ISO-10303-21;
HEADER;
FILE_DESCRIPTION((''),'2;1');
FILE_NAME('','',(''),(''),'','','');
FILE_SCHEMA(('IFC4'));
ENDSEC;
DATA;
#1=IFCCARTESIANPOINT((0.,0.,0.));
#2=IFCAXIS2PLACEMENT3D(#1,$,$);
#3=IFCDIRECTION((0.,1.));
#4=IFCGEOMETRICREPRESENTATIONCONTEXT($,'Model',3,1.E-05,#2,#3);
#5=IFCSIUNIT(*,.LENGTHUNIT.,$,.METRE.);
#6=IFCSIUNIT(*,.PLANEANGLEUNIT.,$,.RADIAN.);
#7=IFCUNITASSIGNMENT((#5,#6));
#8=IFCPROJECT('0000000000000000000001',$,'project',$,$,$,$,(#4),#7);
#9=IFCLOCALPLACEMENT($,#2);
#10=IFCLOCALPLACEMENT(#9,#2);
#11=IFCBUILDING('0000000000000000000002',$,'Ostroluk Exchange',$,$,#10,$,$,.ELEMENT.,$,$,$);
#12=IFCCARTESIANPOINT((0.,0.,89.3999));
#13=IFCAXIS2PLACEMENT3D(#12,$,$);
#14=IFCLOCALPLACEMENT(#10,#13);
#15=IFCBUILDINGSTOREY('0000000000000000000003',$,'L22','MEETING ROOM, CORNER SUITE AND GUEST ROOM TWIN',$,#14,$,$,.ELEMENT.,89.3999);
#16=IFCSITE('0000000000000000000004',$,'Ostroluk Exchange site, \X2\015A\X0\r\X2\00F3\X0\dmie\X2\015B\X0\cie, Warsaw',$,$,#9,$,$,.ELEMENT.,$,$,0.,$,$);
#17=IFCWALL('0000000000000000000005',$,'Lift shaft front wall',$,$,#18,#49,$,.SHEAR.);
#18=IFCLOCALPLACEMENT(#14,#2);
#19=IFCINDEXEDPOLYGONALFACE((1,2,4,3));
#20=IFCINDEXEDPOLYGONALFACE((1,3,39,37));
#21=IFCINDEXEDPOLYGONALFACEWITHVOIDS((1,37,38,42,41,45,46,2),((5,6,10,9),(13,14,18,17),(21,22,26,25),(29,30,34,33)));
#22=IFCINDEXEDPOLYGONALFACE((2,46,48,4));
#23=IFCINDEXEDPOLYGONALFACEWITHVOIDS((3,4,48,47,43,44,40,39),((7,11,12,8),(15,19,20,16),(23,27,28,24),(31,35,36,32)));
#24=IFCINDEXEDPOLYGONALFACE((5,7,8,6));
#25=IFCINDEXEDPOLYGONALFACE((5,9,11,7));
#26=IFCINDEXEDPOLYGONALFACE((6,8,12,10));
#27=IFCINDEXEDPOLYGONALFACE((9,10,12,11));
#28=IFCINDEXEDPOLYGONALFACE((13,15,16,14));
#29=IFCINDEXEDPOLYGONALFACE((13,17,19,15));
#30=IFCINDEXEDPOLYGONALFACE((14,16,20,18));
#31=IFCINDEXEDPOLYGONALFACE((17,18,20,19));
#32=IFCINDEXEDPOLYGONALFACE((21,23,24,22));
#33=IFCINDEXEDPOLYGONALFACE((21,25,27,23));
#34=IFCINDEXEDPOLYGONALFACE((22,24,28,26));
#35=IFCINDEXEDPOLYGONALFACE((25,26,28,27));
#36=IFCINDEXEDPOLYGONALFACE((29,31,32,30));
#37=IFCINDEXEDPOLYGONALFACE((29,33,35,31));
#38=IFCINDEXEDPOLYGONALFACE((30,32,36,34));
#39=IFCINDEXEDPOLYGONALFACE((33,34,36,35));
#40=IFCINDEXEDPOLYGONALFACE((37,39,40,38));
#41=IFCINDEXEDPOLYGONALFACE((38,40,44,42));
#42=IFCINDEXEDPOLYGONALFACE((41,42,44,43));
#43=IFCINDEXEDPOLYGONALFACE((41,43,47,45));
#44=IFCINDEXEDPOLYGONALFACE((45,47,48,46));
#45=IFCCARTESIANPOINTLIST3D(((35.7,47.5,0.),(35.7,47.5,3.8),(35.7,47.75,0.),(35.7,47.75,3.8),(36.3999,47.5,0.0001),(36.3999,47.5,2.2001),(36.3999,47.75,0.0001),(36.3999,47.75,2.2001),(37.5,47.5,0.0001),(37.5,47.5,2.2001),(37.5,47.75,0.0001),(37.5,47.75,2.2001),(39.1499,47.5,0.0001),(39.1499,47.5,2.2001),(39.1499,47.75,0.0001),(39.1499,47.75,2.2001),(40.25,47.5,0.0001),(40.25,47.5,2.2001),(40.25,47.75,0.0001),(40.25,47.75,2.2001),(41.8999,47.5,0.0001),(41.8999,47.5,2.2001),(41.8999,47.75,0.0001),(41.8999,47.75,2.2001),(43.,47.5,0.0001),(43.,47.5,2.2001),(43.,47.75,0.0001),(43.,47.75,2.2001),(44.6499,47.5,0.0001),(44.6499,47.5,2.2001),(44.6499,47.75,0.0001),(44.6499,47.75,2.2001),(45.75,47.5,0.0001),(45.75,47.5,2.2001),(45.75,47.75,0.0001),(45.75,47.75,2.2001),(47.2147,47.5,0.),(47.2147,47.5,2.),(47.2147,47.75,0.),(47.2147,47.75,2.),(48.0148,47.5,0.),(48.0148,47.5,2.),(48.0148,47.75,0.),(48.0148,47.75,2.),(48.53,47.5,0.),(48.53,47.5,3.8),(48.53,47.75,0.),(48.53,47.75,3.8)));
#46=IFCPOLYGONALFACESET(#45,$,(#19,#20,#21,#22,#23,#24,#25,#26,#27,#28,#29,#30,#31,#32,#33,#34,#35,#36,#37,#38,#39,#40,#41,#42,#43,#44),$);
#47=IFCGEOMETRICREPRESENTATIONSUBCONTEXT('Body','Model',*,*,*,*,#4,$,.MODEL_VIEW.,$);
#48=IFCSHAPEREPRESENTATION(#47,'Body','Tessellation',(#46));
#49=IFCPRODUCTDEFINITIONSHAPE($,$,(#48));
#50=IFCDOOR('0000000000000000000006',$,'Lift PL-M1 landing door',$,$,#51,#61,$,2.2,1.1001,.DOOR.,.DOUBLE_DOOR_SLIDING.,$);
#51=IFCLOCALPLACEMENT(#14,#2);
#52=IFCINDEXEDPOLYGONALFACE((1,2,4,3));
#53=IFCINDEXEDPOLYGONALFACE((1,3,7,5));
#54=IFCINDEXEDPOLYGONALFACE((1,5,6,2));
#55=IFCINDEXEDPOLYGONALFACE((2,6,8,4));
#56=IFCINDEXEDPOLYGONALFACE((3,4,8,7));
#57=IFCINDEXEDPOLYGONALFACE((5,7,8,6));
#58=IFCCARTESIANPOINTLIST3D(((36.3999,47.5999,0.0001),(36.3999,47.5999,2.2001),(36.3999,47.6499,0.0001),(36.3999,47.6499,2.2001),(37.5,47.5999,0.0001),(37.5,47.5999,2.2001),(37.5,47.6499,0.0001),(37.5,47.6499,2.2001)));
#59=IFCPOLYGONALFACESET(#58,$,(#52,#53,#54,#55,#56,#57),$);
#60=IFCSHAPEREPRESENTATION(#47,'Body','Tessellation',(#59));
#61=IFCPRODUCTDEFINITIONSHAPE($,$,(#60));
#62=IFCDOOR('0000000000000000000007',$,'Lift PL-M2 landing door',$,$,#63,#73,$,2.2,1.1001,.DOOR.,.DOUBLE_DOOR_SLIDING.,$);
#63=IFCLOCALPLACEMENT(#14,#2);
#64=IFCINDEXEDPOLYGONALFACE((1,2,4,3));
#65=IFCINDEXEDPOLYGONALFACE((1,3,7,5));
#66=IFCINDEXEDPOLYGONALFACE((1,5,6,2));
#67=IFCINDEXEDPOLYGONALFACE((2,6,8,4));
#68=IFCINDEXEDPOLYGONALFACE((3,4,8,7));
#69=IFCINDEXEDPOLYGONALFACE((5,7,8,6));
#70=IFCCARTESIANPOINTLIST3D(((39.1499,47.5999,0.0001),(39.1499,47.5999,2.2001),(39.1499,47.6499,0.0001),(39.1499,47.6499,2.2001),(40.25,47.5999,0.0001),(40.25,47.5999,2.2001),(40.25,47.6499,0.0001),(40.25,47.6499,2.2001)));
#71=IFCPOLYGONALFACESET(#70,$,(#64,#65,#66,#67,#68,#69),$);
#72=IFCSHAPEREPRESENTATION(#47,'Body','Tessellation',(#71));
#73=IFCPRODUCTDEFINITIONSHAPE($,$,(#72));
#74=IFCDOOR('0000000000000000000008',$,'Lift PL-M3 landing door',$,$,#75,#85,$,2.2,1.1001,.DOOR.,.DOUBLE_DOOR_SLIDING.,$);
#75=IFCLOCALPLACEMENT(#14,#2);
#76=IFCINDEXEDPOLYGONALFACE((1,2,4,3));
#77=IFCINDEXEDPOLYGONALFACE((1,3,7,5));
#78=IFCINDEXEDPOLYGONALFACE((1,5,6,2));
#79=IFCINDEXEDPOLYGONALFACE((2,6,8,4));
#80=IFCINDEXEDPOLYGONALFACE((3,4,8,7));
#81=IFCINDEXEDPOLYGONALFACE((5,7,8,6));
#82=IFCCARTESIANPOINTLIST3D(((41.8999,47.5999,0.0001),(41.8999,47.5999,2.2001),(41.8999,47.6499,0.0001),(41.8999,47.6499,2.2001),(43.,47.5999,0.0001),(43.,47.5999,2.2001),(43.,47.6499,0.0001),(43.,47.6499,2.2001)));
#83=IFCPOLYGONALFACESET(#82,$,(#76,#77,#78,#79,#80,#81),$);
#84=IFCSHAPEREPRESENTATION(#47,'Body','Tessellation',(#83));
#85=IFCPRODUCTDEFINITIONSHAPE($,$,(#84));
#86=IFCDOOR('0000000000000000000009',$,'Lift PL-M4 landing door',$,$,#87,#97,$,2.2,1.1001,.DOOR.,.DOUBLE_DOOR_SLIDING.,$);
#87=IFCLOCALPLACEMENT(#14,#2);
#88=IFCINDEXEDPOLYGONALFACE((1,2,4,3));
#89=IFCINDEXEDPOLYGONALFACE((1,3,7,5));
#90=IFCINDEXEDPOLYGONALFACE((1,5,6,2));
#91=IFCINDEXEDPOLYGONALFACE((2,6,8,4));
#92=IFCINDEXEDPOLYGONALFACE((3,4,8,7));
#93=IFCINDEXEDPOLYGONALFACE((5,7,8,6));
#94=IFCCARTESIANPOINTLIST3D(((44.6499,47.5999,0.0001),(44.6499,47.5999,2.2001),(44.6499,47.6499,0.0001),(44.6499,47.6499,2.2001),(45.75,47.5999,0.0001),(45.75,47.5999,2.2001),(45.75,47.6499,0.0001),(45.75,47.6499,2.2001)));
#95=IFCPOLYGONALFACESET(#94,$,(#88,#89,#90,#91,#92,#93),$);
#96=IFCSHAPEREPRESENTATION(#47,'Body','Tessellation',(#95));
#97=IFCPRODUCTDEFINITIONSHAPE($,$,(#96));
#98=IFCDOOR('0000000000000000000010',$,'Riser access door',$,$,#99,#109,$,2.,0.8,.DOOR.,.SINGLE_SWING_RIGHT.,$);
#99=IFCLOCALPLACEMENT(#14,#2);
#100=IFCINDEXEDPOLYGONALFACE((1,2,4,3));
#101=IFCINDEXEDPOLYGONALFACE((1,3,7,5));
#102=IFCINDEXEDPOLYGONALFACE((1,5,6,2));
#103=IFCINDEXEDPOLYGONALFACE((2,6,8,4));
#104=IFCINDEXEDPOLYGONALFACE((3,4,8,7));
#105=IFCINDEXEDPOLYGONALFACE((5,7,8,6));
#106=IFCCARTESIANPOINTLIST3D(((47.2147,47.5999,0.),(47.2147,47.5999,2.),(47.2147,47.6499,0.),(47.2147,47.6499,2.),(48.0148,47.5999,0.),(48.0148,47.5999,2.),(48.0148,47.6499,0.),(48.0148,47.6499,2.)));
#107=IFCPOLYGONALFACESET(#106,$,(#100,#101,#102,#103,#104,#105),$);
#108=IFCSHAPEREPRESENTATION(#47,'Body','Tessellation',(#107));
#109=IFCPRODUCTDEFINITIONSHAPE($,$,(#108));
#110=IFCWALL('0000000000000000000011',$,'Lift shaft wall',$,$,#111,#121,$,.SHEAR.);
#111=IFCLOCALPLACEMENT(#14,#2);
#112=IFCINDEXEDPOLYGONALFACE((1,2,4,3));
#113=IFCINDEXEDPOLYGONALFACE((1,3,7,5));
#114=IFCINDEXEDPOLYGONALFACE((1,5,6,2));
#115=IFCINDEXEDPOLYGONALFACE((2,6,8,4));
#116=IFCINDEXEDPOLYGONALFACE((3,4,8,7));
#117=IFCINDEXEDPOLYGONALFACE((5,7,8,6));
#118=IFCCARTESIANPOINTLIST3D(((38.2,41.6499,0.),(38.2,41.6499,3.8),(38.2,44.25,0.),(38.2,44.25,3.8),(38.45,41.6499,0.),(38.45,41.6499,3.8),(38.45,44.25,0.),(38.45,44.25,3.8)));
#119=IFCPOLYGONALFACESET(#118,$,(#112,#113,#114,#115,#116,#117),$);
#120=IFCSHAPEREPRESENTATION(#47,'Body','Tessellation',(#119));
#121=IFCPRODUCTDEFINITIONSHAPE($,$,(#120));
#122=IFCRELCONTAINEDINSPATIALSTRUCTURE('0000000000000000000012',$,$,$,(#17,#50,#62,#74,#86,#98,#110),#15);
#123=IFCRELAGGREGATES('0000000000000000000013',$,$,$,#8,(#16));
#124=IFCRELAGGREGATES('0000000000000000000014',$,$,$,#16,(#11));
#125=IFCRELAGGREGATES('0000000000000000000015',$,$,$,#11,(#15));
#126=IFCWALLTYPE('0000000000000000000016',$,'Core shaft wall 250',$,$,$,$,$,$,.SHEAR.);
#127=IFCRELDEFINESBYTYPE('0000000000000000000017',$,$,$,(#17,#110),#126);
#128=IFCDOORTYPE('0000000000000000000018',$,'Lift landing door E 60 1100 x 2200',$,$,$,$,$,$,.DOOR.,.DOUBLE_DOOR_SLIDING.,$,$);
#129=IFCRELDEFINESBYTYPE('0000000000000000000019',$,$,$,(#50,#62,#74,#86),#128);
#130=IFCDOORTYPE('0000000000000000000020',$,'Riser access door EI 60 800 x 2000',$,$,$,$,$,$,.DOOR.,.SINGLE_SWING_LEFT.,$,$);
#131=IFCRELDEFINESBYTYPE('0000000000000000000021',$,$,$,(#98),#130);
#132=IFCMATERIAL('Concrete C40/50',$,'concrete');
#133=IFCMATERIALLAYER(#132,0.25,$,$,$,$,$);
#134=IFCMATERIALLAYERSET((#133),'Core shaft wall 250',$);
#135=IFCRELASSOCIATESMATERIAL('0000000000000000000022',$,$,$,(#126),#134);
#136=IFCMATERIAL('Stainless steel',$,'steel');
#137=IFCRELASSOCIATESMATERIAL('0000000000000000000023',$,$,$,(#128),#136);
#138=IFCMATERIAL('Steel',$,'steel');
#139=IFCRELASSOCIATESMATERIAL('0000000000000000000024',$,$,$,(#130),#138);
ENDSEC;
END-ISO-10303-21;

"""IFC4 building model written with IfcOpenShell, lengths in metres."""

from ifc_helpers import new_model, si_unit, direction, frame, frame_2d, origin, place, context, subcontext, project, spatial, rectangle, extrude, material, layer, layer_set, type_object, element, fill, save


model = new_model("IFC4")

# Units and contexts
model_context = context("Model", 3, precision=1e-05, world=origin(), true_north=direction((0.0, 1.0)))
body_context = subcontext(model_context, "Body", "Model", "MODEL_VIEW")
ifc_project = project(units=[si_unit("LENGTHUNIT", "METRE"), si_unit("PLANEANGLEUNIT", "RADIAN")], contexts=[model_context])

# Site, building, storey
site_placement = place(None, origin())
site = spatial("IfcSite", under=ifc_project, at=site_placement, Name="Ostroluk Exchange site, Śródmieście, Warsaw", CompositionType="ELEMENT", RefElevation=0.0)
building_placement = place(site_placement, origin())
building = spatial("IfcBuilding", under=site, at=building_placement, Name="Ostroluk Exchange", CompositionType="ELEMENT")
storey_placement = place(building_placement, frame((0.0, 0.0, 89.3999)))
storey = spatial("IfcBuildingStorey", under=building, at=storey_placement, Name="L22", Description="MEETING ROOM, CORNER SUITE AND GUEST ROOM TWIN", CompositionType="ELEMENT", Elevation=89.3999)

# Shared definitions
ifc_material_1 = material(Name="Concrete C40/50", Category="concrete")
ifc_layer = layer(ifc_material_1, 0.25)
ifc_layer_set = layer_set([ifc_layer], Name="Core shaft wall 250")
wall_type = type_object("IfcWallType", Name="Core shaft wall 250", PredefinedType="SHEAR", material=ifc_layer_set)

# Wall, openings, doors
wall_1_placement = place(storey_placement, frame((35.7, 47.625, 0.0), z_axis=(0.0, 0.0, 1.0), x_axis=(1.0, 0.0, 0.0)))
wall_1 = element("IfcWall", 1, at=wall_1_placement, inside=storey, type_object=wall_type, Name="Lift shaft front wall", PredefinedType="SHEAR", context=body_context, shape_type="SweptSolid", body=[
    extrude(rectangle(XDim=12.8301, YDim=0.25, at=frame_2d((6.415, 0.0))), origin(), (0.0, 0.0, 1.0), 3.8),
])
opening_1_placement = place(wall_1_placement, frame((0.7, 0.0, 0.0)))
opening_1 = element("IfcOpeningElement", 2, at=opening_1_placement, cuts=wall_1, PredefinedType="OPENING", context=body_context, shape_type="SweptSolid", body=[
    extrude(rectangle(XDim=1.1001, YDim=2.2, at=frame_2d((0.55, 1.1001))), frame((0.0, 0.135, 0.0), z_axis=(0.0, -1.0, 0.0), x_axis=(1.0, 0.0, 0.0)), (0.0, 0.0, 1.0), 0.27),
])
opening_2_placement = place(wall_1_placement, frame((3.45, 0.0, 0.0)))
opening_2 = element("IfcOpeningElement", 3, at=opening_2_placement, cuts=wall_1, PredefinedType="OPENING", context=body_context, shape_type="SweptSolid", body=[
    extrude(rectangle(XDim=1.1001, YDim=2.2, at=frame_2d((0.55, 1.1001))), frame((0.0, 0.135, 0.0), z_axis=(0.0, -1.0, 0.0), x_axis=(1.0, 0.0, 0.0)), (0.0, 0.0, 1.0), 0.27),
])
opening_3_placement = place(wall_1_placement, frame((6.2, 0.0, 0.0)))
opening_3 = element("IfcOpeningElement", 4, at=opening_3_placement, cuts=wall_1, PredefinedType="OPENING", context=body_context, shape_type="SweptSolid", body=[
    extrude(rectangle(XDim=1.1001, YDim=2.2, at=frame_2d((0.55, 1.1001))), frame((0.0, 0.135, 0.0), z_axis=(0.0, -1.0, 0.0), x_axis=(1.0, 0.0, 0.0)), (0.0, 0.0, 1.0), 0.27),
])
opening_4_placement = place(wall_1_placement, frame((8.95, 0.0, 0.0)))
opening_4 = element("IfcOpeningElement", 5, at=opening_4_placement, cuts=wall_1, PredefinedType="OPENING", context=body_context, shape_type="SweptSolid", body=[
    extrude(rectangle(XDim=1.1001, YDim=2.2, at=frame_2d((0.55, 1.1001))), frame((0.0, 0.135, 0.0), z_axis=(0.0, -1.0, 0.0), x_axis=(1.0, 0.0, 0.0)), (0.0, 0.0, 1.0), 0.27),
])
opening_5_placement = place(wall_1_placement, frame((11.5149, 0.0, 0.0)))
opening_5 = element("IfcOpeningElement", 6, at=opening_5_placement, cuts=wall_1, PredefinedType="OPENING", context=body_context, shape_type="SweptSolid", body=[
    extrude(rectangle(XDim=0.8, YDim=2.0, at=frame_2d((0.3999, 1.0))), frame((0.0, 0.135, 0.0), z_axis=(0.0, -1.0, 0.0), x_axis=(1.0, 0.0, 0.0)), (0.0, 0.0, 1.0), 0.27),
])
ifc_material_2 = material(Name="Stainless steel", Category="steel")
door_type_1 = type_object("IfcDoorType", Name="Lift landing door E 60 1100 x 2200", OperationType="DOUBLE_DOOR_SLIDING", PredefinedType="DOOR", material=ifc_material_2)
door_1_placement = place(opening_1_placement, origin())
door_1 = element("IfcDoor", 7, at=door_1_placement, inside=storey, type_object=door_type_1, Name="Lift PL-M1 landing door", OperationType="DOUBLE_DOOR_SLIDING", OverallHeight=2.2, OverallWidth=1.1001, PredefinedType="DOOR", context=body_context, shape_type="SweptSolid", body=[
    extrude(rectangle(XDim=1.1001, YDim=2.2, at=frame_2d((0.55, 1.1001))), frame((0.0, 0.0249, 0.0), z_axis=(0.0, -1.0, 0.0), x_axis=(1.0, 0.0, 0.0)), (0.0, 0.0, 1.0), 0.05),
])
fill(opening_1, door_1)
door_2_placement = place(opening_2_placement, origin())
door_2 = element("IfcDoor", 8, at=door_2_placement, inside=storey, type_object=door_type_1, Name="Lift PL-M2 landing door", OperationType="DOUBLE_DOOR_SLIDING", OverallHeight=2.2, OverallWidth=1.1001, PredefinedType="DOOR", context=body_context, shape_type="SweptSolid", body=[
    extrude(rectangle(XDim=1.1001, YDim=2.2, at=frame_2d((0.55, 1.1001))), frame((0.0, 0.0249, 0.0), z_axis=(0.0, -1.0, 0.0), x_axis=(1.0, 0.0, 0.0)), (0.0, 0.0, 1.0), 0.05),
])
fill(opening_2, door_2)
door_3_placement = place(opening_3_placement, origin())
door_3 = element("IfcDoor", 9, at=door_3_placement, inside=storey, type_object=door_type_1, Name="Lift PL-M3 landing door", OperationType="DOUBLE_DOOR_SLIDING", OverallHeight=2.2, OverallWidth=1.1001, PredefinedType="DOOR", context=body_context, shape_type="SweptSolid", body=[
    extrude(rectangle(XDim=1.1001, YDim=2.2, at=frame_2d((0.55, 1.1001))), frame((0.0, 0.0249, 0.0), z_axis=(0.0, -1.0, 0.0), x_axis=(1.0, 0.0, 0.0)), (0.0, 0.0, 1.0), 0.05),
])
fill(opening_3, door_3)
door_4_placement = place(opening_4_placement, origin())
door_4 = element("IfcDoor", 10, at=door_4_placement, inside=storey, type_object=door_type_1, Name="Lift PL-M4 landing door", OperationType="DOUBLE_DOOR_SLIDING", OverallHeight=2.2, OverallWidth=1.1001, PredefinedType="DOOR", context=body_context, shape_type="SweptSolid", body=[
    extrude(rectangle(XDim=1.1001, YDim=2.2, at=frame_2d((0.55, 1.1001))), frame((0.0, 0.0249, 0.0), z_axis=(0.0, -1.0, 0.0), x_axis=(1.0, 0.0, 0.0)), (0.0, 0.0, 1.0), 0.05),
])
fill(opening_4, door_4)
ifc_material_3 = material(Name="Steel", Category="steel")
door_type_2 = type_object("IfcDoorType", Name="Riser access door EI 60 800 x 2000", OperationType="SINGLE_SWING_LEFT", PredefinedType="DOOR", material=ifc_material_3)
door_5_placement = place(opening_5_placement, origin())
door_5 = element("IfcDoor", 11, at=door_5_placement, inside=storey, type_object=door_type_2, Name="Riser access door", OperationType="SINGLE_SWING_RIGHT", OverallHeight=2.0, OverallWidth=0.8, PredefinedType="DOOR", context=body_context, shape_type="SweptSolid", body=[
    extrude(rectangle(XDim=0.8, YDim=2.0, at=frame_2d((0.3999, 1.0))), frame((0.0, 0.0249, 0.0), z_axis=(0.0, -1.0, 0.0), x_axis=(1.0, 0.0, 0.0)), (0.0, 0.0, 1.0), 0.05),
])
fill(opening_5, door_5)

# Wall
wall_2_placement = place(storey_placement, frame((38.325, 44.25, 0.0), z_axis=(0.0, 0.0, 1.0), x_axis=(0.0, -1.0, 0.0)))
element("IfcWall", 12, at=wall_2_placement, inside=storey, type_object=wall_type, Name="Lift shaft wall", PredefinedType="SHEAR", context=body_context, shape_type="SweptSolid", body=[
    extrude(rectangle(XDim=2.6001, YDim=0.25, at=frame_2d((1.3, 0.0))), origin(), (0.0, 0.0, 1.0), 3.8),
])

save(model, "model.ifc")
